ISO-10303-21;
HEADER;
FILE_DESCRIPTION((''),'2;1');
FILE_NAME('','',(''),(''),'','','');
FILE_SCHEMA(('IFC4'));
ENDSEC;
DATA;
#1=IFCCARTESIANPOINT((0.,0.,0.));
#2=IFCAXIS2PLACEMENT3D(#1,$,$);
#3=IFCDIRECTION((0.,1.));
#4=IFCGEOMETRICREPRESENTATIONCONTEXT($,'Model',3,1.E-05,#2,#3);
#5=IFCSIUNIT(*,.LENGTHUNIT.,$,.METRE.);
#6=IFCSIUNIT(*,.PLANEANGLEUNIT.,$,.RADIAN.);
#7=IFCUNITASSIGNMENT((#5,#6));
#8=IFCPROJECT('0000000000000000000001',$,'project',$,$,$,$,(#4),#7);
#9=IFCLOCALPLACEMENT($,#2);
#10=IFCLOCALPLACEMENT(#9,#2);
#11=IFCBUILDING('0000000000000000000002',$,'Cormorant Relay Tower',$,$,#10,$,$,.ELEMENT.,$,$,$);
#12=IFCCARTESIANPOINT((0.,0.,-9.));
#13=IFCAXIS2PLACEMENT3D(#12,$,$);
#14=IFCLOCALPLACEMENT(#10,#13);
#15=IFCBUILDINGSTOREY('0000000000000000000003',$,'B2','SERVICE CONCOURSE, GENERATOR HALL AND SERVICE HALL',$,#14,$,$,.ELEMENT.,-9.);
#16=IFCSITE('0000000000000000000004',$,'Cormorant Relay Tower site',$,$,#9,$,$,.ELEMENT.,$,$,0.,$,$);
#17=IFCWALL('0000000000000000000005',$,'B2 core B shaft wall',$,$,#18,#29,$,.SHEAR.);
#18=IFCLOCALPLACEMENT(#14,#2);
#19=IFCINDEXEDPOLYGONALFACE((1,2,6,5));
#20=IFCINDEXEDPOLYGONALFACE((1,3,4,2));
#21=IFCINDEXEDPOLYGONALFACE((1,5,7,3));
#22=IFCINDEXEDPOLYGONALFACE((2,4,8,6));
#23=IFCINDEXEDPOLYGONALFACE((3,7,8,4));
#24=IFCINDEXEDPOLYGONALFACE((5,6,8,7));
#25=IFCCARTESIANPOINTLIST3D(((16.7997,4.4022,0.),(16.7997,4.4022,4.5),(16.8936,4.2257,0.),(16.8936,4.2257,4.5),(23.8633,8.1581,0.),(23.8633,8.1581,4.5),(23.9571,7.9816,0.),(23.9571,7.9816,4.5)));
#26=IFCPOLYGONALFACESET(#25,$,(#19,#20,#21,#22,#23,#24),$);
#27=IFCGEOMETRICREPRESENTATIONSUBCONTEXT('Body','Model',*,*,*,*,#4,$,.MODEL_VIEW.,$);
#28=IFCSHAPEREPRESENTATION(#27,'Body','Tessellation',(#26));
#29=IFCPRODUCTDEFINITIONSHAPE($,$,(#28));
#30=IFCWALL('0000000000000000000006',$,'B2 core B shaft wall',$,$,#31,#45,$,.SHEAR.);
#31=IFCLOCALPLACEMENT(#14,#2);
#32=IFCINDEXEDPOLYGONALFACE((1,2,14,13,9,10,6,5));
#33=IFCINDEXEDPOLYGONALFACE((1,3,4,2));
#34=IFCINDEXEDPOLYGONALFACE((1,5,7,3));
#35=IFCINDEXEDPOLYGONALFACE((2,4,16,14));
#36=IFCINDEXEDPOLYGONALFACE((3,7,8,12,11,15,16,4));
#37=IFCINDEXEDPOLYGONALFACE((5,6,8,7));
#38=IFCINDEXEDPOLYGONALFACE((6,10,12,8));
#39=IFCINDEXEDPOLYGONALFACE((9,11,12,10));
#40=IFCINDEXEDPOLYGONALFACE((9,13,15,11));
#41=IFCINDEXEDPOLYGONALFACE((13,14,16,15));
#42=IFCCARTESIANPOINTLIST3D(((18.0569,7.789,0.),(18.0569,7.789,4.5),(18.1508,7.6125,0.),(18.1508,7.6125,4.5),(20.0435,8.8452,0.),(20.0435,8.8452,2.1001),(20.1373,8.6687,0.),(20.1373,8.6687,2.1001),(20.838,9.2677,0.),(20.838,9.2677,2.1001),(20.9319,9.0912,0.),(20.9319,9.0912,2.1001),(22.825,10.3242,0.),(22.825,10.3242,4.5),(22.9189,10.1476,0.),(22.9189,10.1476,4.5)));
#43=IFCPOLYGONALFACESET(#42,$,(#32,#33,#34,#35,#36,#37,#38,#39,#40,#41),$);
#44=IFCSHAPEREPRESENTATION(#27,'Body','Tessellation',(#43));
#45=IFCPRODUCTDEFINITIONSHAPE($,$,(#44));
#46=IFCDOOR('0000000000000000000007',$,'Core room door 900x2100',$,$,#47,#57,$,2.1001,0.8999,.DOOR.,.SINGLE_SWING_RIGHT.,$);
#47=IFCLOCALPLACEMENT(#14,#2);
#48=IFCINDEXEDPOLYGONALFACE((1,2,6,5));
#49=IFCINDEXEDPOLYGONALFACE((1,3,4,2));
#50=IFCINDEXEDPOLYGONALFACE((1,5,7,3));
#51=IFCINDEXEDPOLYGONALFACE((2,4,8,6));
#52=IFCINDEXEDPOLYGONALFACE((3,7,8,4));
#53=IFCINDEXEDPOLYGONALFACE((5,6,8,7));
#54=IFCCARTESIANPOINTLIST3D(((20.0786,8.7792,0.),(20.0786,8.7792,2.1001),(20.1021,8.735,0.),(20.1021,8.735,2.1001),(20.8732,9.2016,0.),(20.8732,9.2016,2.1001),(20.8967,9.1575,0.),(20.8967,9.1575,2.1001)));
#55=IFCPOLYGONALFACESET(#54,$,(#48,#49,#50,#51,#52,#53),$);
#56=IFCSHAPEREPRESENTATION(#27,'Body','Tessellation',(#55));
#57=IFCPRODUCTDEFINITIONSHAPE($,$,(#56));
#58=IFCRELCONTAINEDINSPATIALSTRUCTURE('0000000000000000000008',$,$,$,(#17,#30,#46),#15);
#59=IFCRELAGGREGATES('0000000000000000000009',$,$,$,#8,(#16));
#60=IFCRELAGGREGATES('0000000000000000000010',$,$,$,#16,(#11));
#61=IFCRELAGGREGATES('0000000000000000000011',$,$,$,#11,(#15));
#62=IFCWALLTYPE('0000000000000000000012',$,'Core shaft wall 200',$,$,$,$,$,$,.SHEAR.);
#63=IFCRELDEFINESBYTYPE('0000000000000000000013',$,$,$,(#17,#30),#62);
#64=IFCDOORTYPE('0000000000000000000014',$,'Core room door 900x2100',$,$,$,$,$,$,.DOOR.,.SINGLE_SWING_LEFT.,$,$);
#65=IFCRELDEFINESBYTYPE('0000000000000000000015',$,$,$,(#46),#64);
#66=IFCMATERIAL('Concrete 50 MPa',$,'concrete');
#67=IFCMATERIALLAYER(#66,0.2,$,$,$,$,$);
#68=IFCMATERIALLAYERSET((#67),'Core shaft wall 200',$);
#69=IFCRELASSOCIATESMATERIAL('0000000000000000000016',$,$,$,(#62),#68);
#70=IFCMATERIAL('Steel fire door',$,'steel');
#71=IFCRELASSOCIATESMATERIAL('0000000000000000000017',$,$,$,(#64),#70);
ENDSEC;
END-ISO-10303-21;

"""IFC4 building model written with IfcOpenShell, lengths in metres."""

from ifc_helpers import new_model, si_unit, direction, frame, frame_2d, origin, place, context, subcontext, project, spatial, rectangle, extrude, material, layer, layer_set, type_object, element, fill, save


model = new_model("IFC4")

# Units and contexts
model_context = context("Model", 3, precision=1e-05, world=origin(), true_north=direction((0.0, 1.0)))
body_context = subcontext(model_context, "Body", "Model", "MODEL_VIEW")
ifc_project = project(units=[si_unit("LENGTHUNIT", "METRE"), si_unit("PLANEANGLEUNIT", "RADIAN")], contexts=[model_context])

# Site, building, storey
site_placement = place(None, origin())
site = spatial("IfcSite", under=ifc_project, at=site_placement, Name="Cormorant Relay Tower site", CompositionType="ELEMENT", RefElevation=0.0)
building_placement = place(site_placement, origin())
building = spatial("IfcBuilding", under=site, at=building_placement, Name="Cormorant Relay Tower", CompositionType="ELEMENT")
storey_placement = place(building_placement, frame((0.0, 0.0, -9.0)))
storey = spatial("IfcBuildingStorey", under=building, at=storey_placement, Name="B2", Description="SERVICE CONCOURSE, GENERATOR HALL AND SERVICE HALL", CompositionType="ELEMENT", Elevation=-9.0)

# Wall
ifc_material_1 = material(Name="Concrete 50 MPa", Category="concrete")
ifc_layer = layer(ifc_material_1, 0.2)
ifc_layer_set = layer_set([ifc_layer], Name="Core shaft wall 200")
wall_type = type_object("IfcWallType", Name="Core shaft wall 200", PredefinedType="SHEAR", material=ifc_layer_set)
for number, where, z_axis, x_axis, name in (
    (1, (16.8467, 4.314, 0.0), (0.0, 0.0, 1.0), (0.88294, 0.469485, 0.0), "B2 core B shaft wall"),
):
    element("IfcWall", number, at=place(storey_placement, frame(where, z_axis=z_axis, x_axis=x_axis)), inside=storey, type_object=wall_type, Name=name, PredefinedType="SHEAR", context=body_context, shape_type="SweptSolid", body=[
        extrude(rectangle(XDim=8.0, YDim=0.2, at=frame_2d((4.0, 0.0))), origin(), (0.0, 0.0, 1.0), 4.5),
    ])

# Wall, opening, door
wall_1_placement = place(storey_placement, frame((18.1038, 7.7007, 0.0), z_axis=(0.0, 0.0, 1.0), x_axis=(0.882953, 0.469462, 0.0)))
wall_1 = element("IfcWall", 2, at=wall_1_placement, inside=storey, type_object=wall_type, Name="B2 core B shaft wall", PredefinedType="SHEAR", context=body_context, shape_type="SweptSolid", body=[
    extrude(rectangle(XDim=5.4001, YDim=0.2, at=frame_2d((2.7002, 0.0))), origin(), (0.0, 0.0, 1.0), 4.5),
])
opening_placement = place(wall_1_placement, frame((2.25, 0.0, 0.0)))
opening = element("IfcOpeningElement", 3, at=opening_placement, cuts=wall_1, PredefinedType="OPENING", context=body_context, shape_type="SweptSolid", body=[
    extrude(rectangle(XDim=0.8999, YDim=2.1001, at=frame_2d((0.45, 1.05))), frame((0.0, 0.1099, 0.0), z_axis=(0.0, -1.0, 0.0), x_axis=(1.0, 0.0, 0.0)), (0.0, 0.0, 1.0), 0.22),
])
ifc_material_2 = material(Name="Steel fire door", Category="steel")
door_type = type_object("IfcDoorType", Name="Core room door 900x2100", OperationType="SINGLE_SWING_LEFT", PredefinedType="DOOR", material=ifc_material_2)
door_placement = place(opening_placement, frame((0.8999, 0.0, 0.0), z_axis=(0.0, 0.0, 1.0), x_axis=(-1.0, 0.0, 0.0)))
door = element("IfcDoor", 4, at=door_placement, inside=storey, type_object=door_type, Name="Core room door 900x2100", OperationType="SINGLE_SWING_RIGHT", OverallHeight=2.1001, OverallWidth=0.8999, PredefinedType="DOOR", context=body_context, shape_type="SweptSolid", body=[
    extrude(rectangle(XDim=0.8999, YDim=2.1001, at=frame_2d((0.45, 1.05))), frame((0.0, 0.0249, 0.0), z_axis=(0.0, -1.0, 0.0), x_axis=(1.0, 0.0, 0.0)), (0.0, 0.0, 1.0), 0.05),
])
fill(opening, door)

save(model, "model.ifc")
